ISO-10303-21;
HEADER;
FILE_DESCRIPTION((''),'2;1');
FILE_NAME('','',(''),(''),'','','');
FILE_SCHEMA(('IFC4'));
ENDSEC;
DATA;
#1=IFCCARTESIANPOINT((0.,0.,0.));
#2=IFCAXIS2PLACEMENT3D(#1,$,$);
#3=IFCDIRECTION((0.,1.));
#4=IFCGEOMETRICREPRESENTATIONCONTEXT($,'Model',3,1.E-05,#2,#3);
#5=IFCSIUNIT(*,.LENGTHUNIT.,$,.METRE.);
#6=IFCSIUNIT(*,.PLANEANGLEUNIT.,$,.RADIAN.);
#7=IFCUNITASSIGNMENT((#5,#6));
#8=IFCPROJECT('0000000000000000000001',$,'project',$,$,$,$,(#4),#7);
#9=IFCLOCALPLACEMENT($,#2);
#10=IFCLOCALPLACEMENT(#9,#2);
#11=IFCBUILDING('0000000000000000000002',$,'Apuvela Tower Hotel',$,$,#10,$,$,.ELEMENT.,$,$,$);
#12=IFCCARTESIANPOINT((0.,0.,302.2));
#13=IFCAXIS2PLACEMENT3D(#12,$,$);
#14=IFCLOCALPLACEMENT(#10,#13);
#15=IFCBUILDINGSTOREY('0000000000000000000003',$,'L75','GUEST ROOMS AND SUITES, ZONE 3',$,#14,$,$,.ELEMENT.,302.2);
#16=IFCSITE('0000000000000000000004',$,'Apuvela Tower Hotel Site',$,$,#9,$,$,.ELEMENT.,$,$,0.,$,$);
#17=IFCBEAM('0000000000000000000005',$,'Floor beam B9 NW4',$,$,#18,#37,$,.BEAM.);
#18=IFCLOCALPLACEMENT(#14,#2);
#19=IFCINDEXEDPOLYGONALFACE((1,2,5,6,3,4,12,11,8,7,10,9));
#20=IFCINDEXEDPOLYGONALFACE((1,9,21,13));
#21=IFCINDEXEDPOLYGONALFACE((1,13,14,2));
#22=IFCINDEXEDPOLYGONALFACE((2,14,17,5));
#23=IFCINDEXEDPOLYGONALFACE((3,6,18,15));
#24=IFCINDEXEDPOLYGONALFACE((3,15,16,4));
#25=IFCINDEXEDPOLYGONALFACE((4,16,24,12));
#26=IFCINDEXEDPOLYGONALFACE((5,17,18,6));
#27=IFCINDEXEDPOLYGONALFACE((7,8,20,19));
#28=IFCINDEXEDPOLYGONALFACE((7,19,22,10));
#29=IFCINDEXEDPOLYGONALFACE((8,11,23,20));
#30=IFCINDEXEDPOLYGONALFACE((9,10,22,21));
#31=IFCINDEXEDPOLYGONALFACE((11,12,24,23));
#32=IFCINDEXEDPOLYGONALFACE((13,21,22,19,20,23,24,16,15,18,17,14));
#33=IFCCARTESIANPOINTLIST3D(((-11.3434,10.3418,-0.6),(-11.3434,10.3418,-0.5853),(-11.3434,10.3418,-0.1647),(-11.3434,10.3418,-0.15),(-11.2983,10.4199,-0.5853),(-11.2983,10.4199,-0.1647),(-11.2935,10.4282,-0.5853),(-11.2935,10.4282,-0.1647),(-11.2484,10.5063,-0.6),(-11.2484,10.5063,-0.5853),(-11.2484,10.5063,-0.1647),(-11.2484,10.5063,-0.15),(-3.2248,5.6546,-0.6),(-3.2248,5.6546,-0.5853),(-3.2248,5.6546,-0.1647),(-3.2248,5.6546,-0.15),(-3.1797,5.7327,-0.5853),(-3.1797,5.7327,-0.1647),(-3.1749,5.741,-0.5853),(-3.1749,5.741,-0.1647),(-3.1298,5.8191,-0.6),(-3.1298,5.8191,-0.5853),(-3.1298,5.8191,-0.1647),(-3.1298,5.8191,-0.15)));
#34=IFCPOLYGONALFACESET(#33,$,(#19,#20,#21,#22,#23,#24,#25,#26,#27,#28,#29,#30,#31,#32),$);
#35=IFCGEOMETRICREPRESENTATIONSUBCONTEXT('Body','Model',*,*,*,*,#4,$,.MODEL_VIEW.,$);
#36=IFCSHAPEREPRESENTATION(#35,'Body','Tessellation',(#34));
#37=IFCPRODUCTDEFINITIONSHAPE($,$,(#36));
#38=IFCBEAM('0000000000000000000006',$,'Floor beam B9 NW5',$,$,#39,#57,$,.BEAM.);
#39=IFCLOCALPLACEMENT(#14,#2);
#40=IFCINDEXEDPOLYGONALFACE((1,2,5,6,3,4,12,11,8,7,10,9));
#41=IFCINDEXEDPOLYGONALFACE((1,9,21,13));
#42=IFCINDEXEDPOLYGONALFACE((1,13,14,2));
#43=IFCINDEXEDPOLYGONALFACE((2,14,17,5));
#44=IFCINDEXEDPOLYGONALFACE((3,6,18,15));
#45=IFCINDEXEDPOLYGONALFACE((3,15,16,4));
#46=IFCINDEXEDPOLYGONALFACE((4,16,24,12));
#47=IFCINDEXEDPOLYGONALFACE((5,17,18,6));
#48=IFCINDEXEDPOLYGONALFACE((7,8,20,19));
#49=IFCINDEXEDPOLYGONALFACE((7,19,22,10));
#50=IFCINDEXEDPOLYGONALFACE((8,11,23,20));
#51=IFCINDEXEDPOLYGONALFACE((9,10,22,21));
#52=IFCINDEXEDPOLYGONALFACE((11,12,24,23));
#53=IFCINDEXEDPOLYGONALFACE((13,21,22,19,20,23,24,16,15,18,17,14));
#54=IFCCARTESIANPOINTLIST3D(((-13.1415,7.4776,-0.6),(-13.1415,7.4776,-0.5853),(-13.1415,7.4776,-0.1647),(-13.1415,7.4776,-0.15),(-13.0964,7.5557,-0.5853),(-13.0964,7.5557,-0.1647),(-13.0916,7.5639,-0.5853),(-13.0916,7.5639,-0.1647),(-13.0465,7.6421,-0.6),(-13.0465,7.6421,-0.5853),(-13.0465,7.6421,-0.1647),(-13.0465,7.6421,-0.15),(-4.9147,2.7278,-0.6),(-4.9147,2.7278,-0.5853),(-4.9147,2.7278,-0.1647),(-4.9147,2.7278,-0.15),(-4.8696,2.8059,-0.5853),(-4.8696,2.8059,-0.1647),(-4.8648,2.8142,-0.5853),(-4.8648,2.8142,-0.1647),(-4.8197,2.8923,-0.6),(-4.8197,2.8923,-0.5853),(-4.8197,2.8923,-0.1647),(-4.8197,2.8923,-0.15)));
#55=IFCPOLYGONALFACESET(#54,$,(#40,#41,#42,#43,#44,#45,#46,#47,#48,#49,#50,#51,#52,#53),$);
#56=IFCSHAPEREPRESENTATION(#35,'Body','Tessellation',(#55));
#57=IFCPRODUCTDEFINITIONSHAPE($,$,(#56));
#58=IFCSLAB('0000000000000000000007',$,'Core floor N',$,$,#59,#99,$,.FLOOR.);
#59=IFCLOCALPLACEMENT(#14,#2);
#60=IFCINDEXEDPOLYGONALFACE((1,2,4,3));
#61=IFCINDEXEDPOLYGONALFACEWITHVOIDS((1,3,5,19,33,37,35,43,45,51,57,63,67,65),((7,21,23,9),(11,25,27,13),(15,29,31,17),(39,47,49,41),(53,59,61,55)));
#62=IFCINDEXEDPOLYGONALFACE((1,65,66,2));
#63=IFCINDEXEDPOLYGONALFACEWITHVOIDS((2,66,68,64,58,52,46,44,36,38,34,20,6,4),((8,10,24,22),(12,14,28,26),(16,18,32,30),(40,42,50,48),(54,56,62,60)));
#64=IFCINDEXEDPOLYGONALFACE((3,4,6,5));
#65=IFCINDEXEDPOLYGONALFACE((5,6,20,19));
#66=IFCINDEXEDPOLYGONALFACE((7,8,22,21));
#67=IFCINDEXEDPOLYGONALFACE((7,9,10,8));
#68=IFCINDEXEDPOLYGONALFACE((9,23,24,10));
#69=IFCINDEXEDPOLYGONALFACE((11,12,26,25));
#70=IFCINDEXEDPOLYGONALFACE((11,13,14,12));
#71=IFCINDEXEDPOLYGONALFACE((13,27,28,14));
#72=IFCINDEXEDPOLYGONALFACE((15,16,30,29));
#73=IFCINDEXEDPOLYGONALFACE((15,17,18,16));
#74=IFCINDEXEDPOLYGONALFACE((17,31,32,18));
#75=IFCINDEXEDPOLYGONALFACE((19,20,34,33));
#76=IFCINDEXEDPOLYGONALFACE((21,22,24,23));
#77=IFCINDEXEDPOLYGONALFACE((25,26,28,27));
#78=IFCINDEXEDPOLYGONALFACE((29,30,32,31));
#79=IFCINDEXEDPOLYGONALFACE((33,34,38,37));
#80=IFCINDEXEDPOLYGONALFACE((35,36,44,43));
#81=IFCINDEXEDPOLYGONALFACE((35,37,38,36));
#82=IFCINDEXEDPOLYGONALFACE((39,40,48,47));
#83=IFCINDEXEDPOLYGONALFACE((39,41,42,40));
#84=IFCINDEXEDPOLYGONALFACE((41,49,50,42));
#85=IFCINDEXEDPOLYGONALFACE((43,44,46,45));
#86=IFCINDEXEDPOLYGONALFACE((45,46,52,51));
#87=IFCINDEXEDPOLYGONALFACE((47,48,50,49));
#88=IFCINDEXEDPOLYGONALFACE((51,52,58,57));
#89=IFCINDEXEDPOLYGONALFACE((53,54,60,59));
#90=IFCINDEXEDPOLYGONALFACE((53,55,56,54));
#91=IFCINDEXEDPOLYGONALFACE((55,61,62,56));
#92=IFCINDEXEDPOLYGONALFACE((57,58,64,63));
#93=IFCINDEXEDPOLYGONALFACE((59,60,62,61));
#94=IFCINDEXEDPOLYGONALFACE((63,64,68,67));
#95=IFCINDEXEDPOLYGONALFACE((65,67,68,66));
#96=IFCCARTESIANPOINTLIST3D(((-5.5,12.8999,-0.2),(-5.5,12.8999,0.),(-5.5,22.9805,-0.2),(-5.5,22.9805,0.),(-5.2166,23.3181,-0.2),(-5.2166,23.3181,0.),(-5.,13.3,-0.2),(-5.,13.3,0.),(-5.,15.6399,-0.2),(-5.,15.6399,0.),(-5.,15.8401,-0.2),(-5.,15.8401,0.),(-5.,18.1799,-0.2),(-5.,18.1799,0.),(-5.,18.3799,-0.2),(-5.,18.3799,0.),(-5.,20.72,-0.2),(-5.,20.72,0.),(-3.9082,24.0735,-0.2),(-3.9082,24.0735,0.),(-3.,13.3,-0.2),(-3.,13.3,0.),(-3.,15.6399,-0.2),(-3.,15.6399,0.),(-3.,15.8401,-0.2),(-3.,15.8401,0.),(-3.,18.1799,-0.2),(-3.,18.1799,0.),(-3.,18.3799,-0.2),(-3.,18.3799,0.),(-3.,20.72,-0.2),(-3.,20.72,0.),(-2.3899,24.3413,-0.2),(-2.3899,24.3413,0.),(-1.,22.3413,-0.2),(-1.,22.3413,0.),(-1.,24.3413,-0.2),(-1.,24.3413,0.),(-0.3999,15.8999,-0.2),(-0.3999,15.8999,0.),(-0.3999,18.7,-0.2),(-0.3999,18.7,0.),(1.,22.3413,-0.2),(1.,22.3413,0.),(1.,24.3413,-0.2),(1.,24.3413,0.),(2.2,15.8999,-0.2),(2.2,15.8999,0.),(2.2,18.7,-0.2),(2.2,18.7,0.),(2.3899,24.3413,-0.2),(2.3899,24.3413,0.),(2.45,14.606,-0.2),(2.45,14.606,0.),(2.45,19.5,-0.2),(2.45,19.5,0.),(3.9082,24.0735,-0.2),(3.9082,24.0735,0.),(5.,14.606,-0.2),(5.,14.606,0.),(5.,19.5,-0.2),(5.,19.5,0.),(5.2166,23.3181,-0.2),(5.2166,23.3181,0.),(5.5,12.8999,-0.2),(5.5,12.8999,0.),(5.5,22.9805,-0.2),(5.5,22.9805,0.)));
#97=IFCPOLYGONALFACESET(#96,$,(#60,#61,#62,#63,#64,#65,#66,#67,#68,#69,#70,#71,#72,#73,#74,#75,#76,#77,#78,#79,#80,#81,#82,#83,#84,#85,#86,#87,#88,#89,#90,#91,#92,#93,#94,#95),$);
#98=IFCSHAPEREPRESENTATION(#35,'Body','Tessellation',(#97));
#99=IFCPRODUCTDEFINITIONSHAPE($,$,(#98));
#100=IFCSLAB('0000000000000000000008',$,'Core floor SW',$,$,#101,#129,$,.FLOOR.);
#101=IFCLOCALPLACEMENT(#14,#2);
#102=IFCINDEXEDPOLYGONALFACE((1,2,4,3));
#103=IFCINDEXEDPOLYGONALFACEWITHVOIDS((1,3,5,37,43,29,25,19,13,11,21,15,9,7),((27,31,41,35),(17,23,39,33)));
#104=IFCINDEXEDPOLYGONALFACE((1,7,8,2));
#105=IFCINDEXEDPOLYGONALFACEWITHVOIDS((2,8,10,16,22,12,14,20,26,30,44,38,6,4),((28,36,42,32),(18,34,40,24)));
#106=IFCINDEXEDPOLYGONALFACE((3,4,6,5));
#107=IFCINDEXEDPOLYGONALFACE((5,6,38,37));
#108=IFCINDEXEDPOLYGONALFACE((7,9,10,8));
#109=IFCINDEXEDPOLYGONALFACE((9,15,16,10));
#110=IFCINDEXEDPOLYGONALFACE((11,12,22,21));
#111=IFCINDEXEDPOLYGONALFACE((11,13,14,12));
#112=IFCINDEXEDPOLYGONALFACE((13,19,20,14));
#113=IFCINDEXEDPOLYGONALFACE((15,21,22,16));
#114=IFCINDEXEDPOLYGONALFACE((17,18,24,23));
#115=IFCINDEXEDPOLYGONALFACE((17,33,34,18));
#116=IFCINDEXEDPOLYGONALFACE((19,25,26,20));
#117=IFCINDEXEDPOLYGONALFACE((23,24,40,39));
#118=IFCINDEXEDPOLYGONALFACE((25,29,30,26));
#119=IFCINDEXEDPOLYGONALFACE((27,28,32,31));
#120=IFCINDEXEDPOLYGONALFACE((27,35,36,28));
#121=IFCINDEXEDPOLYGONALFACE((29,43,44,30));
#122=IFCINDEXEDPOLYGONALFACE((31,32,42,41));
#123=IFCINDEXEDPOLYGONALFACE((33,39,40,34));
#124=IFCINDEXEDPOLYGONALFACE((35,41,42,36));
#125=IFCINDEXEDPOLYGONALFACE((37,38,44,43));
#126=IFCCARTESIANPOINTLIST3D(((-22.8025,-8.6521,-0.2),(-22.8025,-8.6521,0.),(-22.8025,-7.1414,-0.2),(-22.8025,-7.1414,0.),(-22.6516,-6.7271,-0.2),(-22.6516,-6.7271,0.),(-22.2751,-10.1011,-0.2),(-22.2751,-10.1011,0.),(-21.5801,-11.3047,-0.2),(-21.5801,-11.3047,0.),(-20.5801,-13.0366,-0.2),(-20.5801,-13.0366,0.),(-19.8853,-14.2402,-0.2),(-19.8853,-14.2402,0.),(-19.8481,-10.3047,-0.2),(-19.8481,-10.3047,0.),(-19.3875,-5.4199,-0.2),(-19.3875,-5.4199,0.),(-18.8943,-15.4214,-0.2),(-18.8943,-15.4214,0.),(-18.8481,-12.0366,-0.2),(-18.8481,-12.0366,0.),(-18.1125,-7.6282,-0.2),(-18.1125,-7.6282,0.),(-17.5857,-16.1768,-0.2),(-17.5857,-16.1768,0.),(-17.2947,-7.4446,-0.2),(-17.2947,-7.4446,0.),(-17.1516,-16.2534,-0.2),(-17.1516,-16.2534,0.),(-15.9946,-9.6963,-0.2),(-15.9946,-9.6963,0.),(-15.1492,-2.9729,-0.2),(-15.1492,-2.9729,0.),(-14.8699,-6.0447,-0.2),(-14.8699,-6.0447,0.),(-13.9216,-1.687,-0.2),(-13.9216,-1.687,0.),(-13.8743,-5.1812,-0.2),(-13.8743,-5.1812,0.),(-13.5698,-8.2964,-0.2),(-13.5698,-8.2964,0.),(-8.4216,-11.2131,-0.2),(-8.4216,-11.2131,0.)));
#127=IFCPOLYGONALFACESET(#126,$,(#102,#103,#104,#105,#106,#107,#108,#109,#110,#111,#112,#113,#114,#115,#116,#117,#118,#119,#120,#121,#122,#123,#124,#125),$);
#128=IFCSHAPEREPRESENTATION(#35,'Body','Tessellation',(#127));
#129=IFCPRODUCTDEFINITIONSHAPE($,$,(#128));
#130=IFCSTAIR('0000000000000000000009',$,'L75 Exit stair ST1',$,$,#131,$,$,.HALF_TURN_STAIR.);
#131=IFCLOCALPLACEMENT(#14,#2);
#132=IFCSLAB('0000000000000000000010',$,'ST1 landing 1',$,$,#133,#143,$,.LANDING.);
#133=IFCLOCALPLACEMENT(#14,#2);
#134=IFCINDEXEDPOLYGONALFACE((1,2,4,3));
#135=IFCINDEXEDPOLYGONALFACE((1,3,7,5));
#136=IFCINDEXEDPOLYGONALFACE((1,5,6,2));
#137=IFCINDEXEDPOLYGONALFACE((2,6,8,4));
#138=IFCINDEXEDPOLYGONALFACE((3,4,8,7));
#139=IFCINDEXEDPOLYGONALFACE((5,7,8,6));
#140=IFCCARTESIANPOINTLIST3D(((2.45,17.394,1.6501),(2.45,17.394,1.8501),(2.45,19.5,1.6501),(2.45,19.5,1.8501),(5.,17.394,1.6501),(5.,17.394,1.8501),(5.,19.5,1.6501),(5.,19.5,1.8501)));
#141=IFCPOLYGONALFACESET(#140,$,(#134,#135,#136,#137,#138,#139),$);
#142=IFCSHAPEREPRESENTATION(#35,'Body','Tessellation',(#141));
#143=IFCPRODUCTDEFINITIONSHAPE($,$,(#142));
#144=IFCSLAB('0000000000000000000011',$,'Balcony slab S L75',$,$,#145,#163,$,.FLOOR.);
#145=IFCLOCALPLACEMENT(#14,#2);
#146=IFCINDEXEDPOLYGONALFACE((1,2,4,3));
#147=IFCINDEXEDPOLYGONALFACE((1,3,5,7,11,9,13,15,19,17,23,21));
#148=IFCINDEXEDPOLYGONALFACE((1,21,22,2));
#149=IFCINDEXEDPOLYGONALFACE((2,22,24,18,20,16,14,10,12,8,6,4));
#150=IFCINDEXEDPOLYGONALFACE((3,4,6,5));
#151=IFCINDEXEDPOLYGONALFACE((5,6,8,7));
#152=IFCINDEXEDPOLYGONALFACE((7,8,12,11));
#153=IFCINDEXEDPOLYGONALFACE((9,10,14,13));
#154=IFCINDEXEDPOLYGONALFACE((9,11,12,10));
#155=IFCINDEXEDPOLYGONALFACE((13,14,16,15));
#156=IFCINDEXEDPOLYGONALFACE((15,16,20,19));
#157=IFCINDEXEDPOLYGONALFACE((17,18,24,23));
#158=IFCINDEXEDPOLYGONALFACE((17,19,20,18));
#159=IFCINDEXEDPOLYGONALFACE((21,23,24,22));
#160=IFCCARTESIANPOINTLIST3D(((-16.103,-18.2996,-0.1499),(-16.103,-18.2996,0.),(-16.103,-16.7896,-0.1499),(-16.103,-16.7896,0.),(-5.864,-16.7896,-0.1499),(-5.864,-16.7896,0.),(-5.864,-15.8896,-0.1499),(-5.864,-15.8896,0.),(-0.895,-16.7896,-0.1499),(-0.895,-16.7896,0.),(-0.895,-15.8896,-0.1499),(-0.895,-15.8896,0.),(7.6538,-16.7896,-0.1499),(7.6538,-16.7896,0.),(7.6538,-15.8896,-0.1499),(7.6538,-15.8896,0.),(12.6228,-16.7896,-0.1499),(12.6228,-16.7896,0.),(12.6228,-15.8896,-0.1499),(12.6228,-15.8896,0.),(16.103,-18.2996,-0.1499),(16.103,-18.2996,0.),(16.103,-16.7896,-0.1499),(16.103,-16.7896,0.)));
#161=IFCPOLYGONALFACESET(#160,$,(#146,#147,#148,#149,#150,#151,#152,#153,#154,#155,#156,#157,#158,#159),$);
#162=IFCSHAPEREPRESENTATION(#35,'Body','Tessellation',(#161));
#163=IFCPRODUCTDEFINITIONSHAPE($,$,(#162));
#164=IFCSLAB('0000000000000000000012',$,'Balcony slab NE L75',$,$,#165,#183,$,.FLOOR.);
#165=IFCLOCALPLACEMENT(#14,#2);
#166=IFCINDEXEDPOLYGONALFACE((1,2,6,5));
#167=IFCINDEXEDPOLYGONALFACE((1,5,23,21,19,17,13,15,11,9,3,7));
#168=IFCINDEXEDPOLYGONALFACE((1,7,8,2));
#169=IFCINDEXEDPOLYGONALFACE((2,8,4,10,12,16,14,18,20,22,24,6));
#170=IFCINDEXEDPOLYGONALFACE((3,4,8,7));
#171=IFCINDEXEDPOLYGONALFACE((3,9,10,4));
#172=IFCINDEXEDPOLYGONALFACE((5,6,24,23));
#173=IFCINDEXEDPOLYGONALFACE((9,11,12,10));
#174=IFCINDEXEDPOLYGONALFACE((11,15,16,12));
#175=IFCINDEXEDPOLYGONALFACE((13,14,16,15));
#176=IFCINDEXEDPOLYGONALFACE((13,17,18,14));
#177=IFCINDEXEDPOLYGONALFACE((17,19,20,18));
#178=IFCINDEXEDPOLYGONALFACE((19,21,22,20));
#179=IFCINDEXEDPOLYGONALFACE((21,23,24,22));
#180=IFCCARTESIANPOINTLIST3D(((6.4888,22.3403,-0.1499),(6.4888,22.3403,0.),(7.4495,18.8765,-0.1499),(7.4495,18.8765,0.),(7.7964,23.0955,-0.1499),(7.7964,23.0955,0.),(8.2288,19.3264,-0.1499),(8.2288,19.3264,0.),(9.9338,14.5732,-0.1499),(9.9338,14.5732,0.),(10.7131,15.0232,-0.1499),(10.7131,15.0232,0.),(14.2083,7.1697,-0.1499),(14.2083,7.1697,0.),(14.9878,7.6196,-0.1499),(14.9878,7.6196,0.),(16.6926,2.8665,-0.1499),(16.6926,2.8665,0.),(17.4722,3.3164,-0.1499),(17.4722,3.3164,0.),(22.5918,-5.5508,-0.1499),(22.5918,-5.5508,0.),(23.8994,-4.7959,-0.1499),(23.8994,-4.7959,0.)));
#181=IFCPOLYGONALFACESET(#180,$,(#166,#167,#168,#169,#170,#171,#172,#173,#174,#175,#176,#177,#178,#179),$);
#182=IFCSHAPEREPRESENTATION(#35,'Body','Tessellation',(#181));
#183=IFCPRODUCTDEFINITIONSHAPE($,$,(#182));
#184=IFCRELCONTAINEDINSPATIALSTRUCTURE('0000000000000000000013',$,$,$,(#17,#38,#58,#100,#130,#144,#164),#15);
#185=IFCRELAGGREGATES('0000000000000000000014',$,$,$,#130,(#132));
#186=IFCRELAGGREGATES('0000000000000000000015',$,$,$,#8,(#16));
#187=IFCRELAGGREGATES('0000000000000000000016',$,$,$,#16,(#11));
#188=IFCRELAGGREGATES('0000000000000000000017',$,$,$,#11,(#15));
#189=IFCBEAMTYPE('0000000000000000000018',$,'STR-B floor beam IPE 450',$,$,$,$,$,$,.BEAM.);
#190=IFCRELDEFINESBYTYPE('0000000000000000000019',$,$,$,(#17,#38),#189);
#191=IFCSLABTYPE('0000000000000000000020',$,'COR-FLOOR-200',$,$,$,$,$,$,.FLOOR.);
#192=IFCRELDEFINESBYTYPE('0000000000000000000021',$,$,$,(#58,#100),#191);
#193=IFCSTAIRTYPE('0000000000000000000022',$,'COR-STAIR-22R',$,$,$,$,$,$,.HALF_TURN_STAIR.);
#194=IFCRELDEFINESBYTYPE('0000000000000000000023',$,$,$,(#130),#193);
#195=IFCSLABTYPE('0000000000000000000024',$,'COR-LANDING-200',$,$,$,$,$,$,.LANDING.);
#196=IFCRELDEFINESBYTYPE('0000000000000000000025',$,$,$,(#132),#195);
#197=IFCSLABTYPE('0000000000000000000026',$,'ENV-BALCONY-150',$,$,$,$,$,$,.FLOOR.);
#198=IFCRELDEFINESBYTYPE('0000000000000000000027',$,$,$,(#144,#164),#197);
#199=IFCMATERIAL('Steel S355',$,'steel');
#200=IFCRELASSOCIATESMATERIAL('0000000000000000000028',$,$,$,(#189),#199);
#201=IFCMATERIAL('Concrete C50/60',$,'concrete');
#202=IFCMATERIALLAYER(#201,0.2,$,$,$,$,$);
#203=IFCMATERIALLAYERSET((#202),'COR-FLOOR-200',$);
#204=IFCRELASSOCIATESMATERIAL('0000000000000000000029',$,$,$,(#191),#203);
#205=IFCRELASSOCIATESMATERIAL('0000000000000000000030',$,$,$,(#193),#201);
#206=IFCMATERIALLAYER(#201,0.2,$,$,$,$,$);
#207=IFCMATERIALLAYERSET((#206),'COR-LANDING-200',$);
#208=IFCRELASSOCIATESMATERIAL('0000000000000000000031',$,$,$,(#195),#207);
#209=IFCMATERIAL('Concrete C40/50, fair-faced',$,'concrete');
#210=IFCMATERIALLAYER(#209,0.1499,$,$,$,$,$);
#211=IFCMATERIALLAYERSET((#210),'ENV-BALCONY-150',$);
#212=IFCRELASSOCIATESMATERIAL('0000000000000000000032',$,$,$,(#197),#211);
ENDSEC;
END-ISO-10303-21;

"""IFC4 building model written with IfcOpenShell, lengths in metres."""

from ifc_helpers import new_model, si_unit, direction, frame, origin, origin_2d, place, context, subcontext, project, spatial, polyline, i_section, outline, extrude, material, layer, layer_set, material_profile, profile_set, type_object, element, aggregate, save


model = new_model("IFC4")

# Units and contexts
model_context = context("Model", 3, precision=1e-05, world=origin(), true_north=direction((0.0, 1.0)))
body_context = subcontext(model_context, "Body", "Model", "MODEL_VIEW")
ifc_project = project(units=[si_unit("LENGTHUNIT", "METRE"), si_unit("PLANEANGLEUNIT", "RADIAN")], contexts=[model_context])

# Site, building, storey
site_placement = place(None, origin())
site = spatial("IfcSite", under=ifc_project, at=site_placement, Name="Apuvela Tower Hotel Site", CompositionType="ELEMENT", RefElevation=0.0)
building_placement = place(site_placement, origin())
building = spatial("IfcBuilding", under=site, at=building_placement, Name="Apuvela Tower Hotel", CompositionType="ELEMENT")
storey_placement = place(building_placement, frame((0.0, 0.0, 302.2)))
storey = spatial("IfcBuildingStorey", under=building, at=storey_placement, Name="L75", Description="GUEST ROOMS AND SUITES, ZONE 3", CompositionType="ELEMENT", Elevation=302.2)

# Beams
ifc_material_1 = material(Name="Steel S355", Category="steel")
ifc_material_profile = material_profile(ifc_material_1, i_section(OverallWidth=0.1899, OverallDepth=0.45, WebThickness=0.0095, FlangeThickness=0.0146, at=origin_2d()), Name="IPE 450")
ifc_profile_set = profile_set([ifc_material_profile], Name="Steel S355")
beam_type = type_object("IfcBeamType", Name="STR-B floor beam IPE 450", PredefinedType="BEAM", material=ifc_profile_set)
beam_1_placement = place(storey_placement, frame((-11.2959, 10.4241, -0.375), z_axis=(0.866028, -0.499996, 0.0), x_axis=(0.499996, 0.866028, 0.0)))
element("IfcBeam", 1, at=beam_1_placement, inside=storey, type_object=beam_type, Name="Floor beam B9 NW4", PredefinedType="BEAM", context=body_context, shape_type="SweptSolid", body=[
    extrude(i_section(OverallWidth=0.1899, OverallDepth=0.45, WebThickness=0.0095, FlangeThickness=0.0146, at=origin_2d()), origin(), (0.0, 0.0, 1.0), 9.3745),
])
beam_2_placement = place(storey_placement, frame((-13.094, 7.5598, -0.375), z_axis=(0.866025, -0.500001, 0.0), x_axis=(0.500001, 0.866025, 0.0)))
element("IfcBeam", 2, at=beam_2_placement, inside=storey, type_object=beam_type, Name="Floor beam B9 NW5", PredefinedType="BEAM", context=body_context, shape_type="SweptSolid", body=[
    extrude(i_section(OverallWidth=0.1899, OverallDepth=0.45, WebThickness=0.0095, FlangeThickness=0.0146, at=origin_2d()), origin(), (0.0, 0.0, 1.0), 9.4995),
])

# Slabs
ifc_material_2 = material(Name="Concrete C50/60", Category="concrete")
ifc_layer_1 = layer(ifc_material_2, 0.2)
ifc_layer_set_1 = layer_set([ifc_layer_1], Name="COR-FLOOR-200")
slab_type_1 = type_object("IfcSlabType", Name="COR-FLOOR-200", PredefinedType="FLOOR", material=ifc_layer_set_1)
slab_1_placement = place(storey_placement, frame((0.0, 0.0, -0.2)))
element("IfcSlab", 3, at=slab_1_placement, inside=storey, type_object=slab_type_1, Name="Core floor N", PredefinedType="FLOOR", context=body_context, shape_type="SweptSolid", body=[
    extrude(outline(polyline([(5.5, 22.9805), (5.2166, 23.3181), (3.9082, 24.0735), (2.3899, 24.3413), (1.0, 24.3413), (1.0, 22.3413), (-1.0, 22.3413), (-1.0, 24.3413), (-2.3899, 24.3413), (-3.9082, 24.0735), (-5.2166, 23.3181), (-5.5, 22.9805), (-5.5, 12.8999), (5.5, 12.8999), (5.5, 22.9805)]), holes=[polyline([(-3.0, 13.3), (-5.0, 13.3), (-5.0, 15.6399), (-3.0, 15.6399), (-3.0, 13.3)]), polyline([(-3.0, 15.8401), (-5.0, 15.8401), (-5.0, 18.1799), (-3.0, 18.1799), (-3.0, 15.8401)]), polyline([(5.0, 14.606), (2.45, 14.606), (2.45, 19.5), (5.0, 19.5), (5.0, 14.606)]), polyline([(2.2, 18.7), (2.2, 15.8999), (-0.3999, 15.8999), (-0.3999, 18.7), (2.2, 18.7)]), polyline([(-3.0, 20.72), (-3.0, 18.3799), (-5.0, 18.3799), (-5.0, 20.72), (-3.0, 20.72)])]), origin(), (0.0, 0.0, 1.0), 0.2),
])
slab_2_placement = place(storey_placement, frame((0.0, 0.0, -0.2)))
element("IfcSlab", 4, at=slab_2_placement, inside=storey, type_object=slab_type_1, Name="Core floor SW", PredefinedType="FLOOR", context=body_context, shape_type="SweptSolid", body=[
    extrude(outline(polyline([(-22.6516, -6.7271), (-22.8025, -7.1414), (-22.8025, -8.6521), (-22.2751, -10.1011), (-21.5801, -11.3047), (-19.8481, -10.3047), (-18.8481, -12.0366), (-20.5801, -13.0366), (-19.8853, -14.2402), (-18.8943, -15.4214), (-17.5857, -16.1768), (-17.1516, -16.2534), (-8.4216, -11.2131), (-13.9216, -1.687), (-22.6516, -6.7271)]), holes=[polyline([(-13.8743, -5.1812), (-18.1125, -7.6282), (-19.3875, -5.4199), (-15.1492, -2.9729), (-13.8743, -5.1812)]), polyline([(-13.5698, -8.2964), (-15.9946, -9.6963), (-17.2947, -7.4446), (-14.8699, -6.0447), (-13.5698, -8.2964)])]), origin(), (0.0, 0.0, 1.0), 0.2),
])

# Stair, slab
stair_type = type_object("IfcStairType", Name="COR-STAIR-22R", PredefinedType="HALF_TURN_STAIR", material=ifc_material_2)
stair_placement = place(storey_placement, origin())
stair = element("IfcStair", 5, at=stair_placement, inside=storey, type_object=stair_type, Name="L75 Exit stair ST1", PredefinedType="HALF_TURN_STAIR")
ifc_layer_2 = layer(ifc_material_2, 0.2)
ifc_layer_set_2 = layer_set([ifc_layer_2], Name="COR-LANDING-200")
slab_type_2 = type_object("IfcSlabType", Name="COR-LANDING-200", PredefinedType="LANDING", material=ifc_layer_set_2)
slab_3_placement = place(storey_placement, frame((0.0, 0.0, 1.6501)))
slab_3 = element("IfcSlab", 6, at=slab_3_placement, type_object=slab_type_2, Name="ST1 landing 1", PredefinedType="LANDING", context=body_context, shape_type="SweptSolid", body=[
    extrude(outline(polyline([(5.0, 17.394), (5.0, 19.5), (2.45, 19.5), (2.45, 17.394), (5.0, 17.394)])), origin(), (0.0, 0.0, 1.0), 0.2),
])
aggregate(stair, [slab_3])

# Slabs
ifc_material_3 = material(Name="Concrete C40/50, fair-faced", Category="concrete")
ifc_layer_3 = layer(ifc_material_3, 0.1499)
ifc_layer_set_3 = layer_set([ifc_layer_3], Name="ENV-BALCONY-150")
slab_type_3 = type_object("IfcSlabType", Name="ENV-BALCONY-150", PredefinedType="FLOOR", material=ifc_layer_set_3)
slab_4_placement = place(storey_placement, frame((0.0, 0.0, -0.1499)))
element("IfcSlab", 7, at=slab_4_placement, inside=storey, type_object=slab_type_3, Name="Balcony slab S L75", PredefinedType="FLOOR", context=body_context, shape_type="SweptSolid", body=[
    extrude(outline(polyline([(16.103, -18.2996), (-16.103, -18.2996), (-16.103, -16.7896), (-5.864, -16.7896), (-5.864, -15.8896), (-0.895, -15.8896), (-0.895, -16.7896), (7.6538, -16.7896), (7.6538, -15.8896), (12.6228, -15.8896), (12.6228, -16.7896), (16.103, -16.7896), (16.103, -18.2996)])), origin(), (0.0, 0.0, 1.0), 0.1499),
])
slab_5_placement = place(storey_placement, frame((0.0, 0.0, -0.1499)))
element("IfcSlab", 8, at=slab_5_placement, inside=storey, type_object=slab_type_3, Name="Balcony slab NE L75", PredefinedType="FLOOR", context=body_context, shape_type="SweptSolid", body=[
    extrude(outline(polyline([(14.9878, 7.6196), (10.7131, 15.0232), (9.9338, 14.5732), (7.4495, 18.8765), (8.2288, 19.3264), (6.4888, 22.3403), (7.7964, 23.0955), (23.8994, -4.7959), (22.5918, -5.5508), (17.4722, 3.3164), (16.6926, 2.8665), (14.2083, 7.1697), (14.9878, 7.6196)])), origin(), (0.0, 0.0, 1.0), 0.1499),
])

save(model, "model.ifc")
